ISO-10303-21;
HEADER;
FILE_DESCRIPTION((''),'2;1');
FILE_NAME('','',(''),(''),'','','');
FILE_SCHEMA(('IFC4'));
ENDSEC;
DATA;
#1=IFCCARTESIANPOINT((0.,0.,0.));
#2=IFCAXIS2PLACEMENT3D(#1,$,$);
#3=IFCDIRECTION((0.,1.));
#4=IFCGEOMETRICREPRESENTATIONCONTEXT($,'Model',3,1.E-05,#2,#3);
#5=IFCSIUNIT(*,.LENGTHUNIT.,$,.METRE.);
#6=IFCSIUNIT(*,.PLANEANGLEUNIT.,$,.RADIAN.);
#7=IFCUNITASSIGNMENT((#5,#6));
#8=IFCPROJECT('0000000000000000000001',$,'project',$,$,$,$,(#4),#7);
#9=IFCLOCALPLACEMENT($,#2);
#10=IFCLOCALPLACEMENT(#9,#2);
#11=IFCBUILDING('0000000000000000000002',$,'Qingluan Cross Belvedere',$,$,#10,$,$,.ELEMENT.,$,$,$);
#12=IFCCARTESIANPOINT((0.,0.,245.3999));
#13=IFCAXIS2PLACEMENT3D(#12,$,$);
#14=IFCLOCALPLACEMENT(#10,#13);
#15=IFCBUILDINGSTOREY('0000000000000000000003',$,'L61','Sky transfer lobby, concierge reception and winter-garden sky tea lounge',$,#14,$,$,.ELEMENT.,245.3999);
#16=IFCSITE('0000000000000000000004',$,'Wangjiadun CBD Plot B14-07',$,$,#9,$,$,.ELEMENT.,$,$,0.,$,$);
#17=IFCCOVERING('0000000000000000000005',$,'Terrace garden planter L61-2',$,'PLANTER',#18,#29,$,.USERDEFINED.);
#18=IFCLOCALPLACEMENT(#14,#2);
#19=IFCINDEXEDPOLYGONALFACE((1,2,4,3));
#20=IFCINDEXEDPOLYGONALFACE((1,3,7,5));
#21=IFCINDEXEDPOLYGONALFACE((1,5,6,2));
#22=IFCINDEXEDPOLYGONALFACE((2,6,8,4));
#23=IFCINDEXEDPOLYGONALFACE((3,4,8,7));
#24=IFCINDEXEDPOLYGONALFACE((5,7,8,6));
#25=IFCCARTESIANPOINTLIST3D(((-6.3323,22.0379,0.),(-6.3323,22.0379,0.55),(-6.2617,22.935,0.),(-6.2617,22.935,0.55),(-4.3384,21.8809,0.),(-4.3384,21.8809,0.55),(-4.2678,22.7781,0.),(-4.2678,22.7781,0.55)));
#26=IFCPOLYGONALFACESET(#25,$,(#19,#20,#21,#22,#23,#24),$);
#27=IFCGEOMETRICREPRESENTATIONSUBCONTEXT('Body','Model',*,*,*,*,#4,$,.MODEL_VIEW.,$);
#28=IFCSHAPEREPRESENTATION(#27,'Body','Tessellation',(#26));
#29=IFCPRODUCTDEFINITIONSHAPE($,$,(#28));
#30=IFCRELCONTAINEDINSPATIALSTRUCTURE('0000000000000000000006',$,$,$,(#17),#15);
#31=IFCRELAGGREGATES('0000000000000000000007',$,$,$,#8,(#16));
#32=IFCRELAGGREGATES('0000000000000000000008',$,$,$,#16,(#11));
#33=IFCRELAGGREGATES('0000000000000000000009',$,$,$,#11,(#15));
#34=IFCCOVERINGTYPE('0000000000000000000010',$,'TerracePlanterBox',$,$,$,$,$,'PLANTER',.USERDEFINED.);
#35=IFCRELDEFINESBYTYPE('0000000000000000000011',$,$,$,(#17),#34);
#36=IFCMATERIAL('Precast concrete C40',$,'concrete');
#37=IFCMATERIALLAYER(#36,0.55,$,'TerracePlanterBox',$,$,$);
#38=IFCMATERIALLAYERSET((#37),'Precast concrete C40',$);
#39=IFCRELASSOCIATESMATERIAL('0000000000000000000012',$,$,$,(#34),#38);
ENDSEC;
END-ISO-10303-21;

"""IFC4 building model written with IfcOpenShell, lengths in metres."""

from ifc_helpers import new_model, si_unit, direction, frame, origin, origin_2d, place, context, subcontext, project, spatial, rectangle, extrude, material, layer, layer_set, type_object, element, save


model = new_model("IFC4")

# Units and contexts
model_context = context("Model", 3, precision=1e-05, world=origin(), true_north=direction((0.0, 1.0)))
body_context = subcontext(model_context, "Body", "Model", "MODEL_VIEW")
ifc_project = project(units=[si_unit("LENGTHUNIT", "METRE"), si_unit("PLANEANGLEUNIT", "RADIAN")], contexts=[model_context])

# Site, building, storey
site_placement = place(None, origin())
site = spatial("IfcSite", under=ifc_project, at=site_placement, Name="Wangjiadun CBD Plot B14-07", CompositionType="ELEMENT", RefElevation=0.0)
building_placement = place(site_placement, origin())
building = spatial("IfcBuilding", under=site, at=building_placement, Name="Qingluan Cross Belvedere", CompositionType="ELEMENT")
storey_placement = place(building_placement, frame((0.0, 0.0, 245.3999)))
storey = spatial("IfcBuildingStorey", under=building, at=storey_placement, Name="L61", Description="Sky transfer lobby, concierge reception and winter-garden sky tea lounge", CompositionType="ELEMENT", Elevation=245.3999)

# Covering
ifc_material_1 = material(Name="Precast concrete C40", Category="concrete")
ifc_layer_1 = layer(ifc_material_1, 0.55, Name="TerracePlanterBox")
ifc_layer_set_1 = layer_set([ifc_layer_1], Name="Precast concrete C40")
covering_type_1 = type_object("IfcCoveringType", Name="TerracePlanterBox", ElementType="PLANTER", PredefinedType="USERDEFINED", material=ifc_layer_set_1)
covering_placement = place(storey_placement, frame((-5.3, 22.408, 0.0), z_axis=(0.0, 0.0, 1.0), x_axis=(0.996917, -0.078459, 0.0)))
element("IfcCovering", 1, at=covering_placement, inside=storey, type_object=covering_type_1, Name="Terrace garden planter L61-2", ObjectType="PLANTER", PredefinedType="USERDEFINED", context=body_context, shape_type="SweptSolid", body=[
    extrude(rectangle(XDim=2.0, YDim=0.8999, at=origin_2d()), origin(), (0.0, 0.0, 1.0), 0.55),
])

save(model, "model.ifc")
